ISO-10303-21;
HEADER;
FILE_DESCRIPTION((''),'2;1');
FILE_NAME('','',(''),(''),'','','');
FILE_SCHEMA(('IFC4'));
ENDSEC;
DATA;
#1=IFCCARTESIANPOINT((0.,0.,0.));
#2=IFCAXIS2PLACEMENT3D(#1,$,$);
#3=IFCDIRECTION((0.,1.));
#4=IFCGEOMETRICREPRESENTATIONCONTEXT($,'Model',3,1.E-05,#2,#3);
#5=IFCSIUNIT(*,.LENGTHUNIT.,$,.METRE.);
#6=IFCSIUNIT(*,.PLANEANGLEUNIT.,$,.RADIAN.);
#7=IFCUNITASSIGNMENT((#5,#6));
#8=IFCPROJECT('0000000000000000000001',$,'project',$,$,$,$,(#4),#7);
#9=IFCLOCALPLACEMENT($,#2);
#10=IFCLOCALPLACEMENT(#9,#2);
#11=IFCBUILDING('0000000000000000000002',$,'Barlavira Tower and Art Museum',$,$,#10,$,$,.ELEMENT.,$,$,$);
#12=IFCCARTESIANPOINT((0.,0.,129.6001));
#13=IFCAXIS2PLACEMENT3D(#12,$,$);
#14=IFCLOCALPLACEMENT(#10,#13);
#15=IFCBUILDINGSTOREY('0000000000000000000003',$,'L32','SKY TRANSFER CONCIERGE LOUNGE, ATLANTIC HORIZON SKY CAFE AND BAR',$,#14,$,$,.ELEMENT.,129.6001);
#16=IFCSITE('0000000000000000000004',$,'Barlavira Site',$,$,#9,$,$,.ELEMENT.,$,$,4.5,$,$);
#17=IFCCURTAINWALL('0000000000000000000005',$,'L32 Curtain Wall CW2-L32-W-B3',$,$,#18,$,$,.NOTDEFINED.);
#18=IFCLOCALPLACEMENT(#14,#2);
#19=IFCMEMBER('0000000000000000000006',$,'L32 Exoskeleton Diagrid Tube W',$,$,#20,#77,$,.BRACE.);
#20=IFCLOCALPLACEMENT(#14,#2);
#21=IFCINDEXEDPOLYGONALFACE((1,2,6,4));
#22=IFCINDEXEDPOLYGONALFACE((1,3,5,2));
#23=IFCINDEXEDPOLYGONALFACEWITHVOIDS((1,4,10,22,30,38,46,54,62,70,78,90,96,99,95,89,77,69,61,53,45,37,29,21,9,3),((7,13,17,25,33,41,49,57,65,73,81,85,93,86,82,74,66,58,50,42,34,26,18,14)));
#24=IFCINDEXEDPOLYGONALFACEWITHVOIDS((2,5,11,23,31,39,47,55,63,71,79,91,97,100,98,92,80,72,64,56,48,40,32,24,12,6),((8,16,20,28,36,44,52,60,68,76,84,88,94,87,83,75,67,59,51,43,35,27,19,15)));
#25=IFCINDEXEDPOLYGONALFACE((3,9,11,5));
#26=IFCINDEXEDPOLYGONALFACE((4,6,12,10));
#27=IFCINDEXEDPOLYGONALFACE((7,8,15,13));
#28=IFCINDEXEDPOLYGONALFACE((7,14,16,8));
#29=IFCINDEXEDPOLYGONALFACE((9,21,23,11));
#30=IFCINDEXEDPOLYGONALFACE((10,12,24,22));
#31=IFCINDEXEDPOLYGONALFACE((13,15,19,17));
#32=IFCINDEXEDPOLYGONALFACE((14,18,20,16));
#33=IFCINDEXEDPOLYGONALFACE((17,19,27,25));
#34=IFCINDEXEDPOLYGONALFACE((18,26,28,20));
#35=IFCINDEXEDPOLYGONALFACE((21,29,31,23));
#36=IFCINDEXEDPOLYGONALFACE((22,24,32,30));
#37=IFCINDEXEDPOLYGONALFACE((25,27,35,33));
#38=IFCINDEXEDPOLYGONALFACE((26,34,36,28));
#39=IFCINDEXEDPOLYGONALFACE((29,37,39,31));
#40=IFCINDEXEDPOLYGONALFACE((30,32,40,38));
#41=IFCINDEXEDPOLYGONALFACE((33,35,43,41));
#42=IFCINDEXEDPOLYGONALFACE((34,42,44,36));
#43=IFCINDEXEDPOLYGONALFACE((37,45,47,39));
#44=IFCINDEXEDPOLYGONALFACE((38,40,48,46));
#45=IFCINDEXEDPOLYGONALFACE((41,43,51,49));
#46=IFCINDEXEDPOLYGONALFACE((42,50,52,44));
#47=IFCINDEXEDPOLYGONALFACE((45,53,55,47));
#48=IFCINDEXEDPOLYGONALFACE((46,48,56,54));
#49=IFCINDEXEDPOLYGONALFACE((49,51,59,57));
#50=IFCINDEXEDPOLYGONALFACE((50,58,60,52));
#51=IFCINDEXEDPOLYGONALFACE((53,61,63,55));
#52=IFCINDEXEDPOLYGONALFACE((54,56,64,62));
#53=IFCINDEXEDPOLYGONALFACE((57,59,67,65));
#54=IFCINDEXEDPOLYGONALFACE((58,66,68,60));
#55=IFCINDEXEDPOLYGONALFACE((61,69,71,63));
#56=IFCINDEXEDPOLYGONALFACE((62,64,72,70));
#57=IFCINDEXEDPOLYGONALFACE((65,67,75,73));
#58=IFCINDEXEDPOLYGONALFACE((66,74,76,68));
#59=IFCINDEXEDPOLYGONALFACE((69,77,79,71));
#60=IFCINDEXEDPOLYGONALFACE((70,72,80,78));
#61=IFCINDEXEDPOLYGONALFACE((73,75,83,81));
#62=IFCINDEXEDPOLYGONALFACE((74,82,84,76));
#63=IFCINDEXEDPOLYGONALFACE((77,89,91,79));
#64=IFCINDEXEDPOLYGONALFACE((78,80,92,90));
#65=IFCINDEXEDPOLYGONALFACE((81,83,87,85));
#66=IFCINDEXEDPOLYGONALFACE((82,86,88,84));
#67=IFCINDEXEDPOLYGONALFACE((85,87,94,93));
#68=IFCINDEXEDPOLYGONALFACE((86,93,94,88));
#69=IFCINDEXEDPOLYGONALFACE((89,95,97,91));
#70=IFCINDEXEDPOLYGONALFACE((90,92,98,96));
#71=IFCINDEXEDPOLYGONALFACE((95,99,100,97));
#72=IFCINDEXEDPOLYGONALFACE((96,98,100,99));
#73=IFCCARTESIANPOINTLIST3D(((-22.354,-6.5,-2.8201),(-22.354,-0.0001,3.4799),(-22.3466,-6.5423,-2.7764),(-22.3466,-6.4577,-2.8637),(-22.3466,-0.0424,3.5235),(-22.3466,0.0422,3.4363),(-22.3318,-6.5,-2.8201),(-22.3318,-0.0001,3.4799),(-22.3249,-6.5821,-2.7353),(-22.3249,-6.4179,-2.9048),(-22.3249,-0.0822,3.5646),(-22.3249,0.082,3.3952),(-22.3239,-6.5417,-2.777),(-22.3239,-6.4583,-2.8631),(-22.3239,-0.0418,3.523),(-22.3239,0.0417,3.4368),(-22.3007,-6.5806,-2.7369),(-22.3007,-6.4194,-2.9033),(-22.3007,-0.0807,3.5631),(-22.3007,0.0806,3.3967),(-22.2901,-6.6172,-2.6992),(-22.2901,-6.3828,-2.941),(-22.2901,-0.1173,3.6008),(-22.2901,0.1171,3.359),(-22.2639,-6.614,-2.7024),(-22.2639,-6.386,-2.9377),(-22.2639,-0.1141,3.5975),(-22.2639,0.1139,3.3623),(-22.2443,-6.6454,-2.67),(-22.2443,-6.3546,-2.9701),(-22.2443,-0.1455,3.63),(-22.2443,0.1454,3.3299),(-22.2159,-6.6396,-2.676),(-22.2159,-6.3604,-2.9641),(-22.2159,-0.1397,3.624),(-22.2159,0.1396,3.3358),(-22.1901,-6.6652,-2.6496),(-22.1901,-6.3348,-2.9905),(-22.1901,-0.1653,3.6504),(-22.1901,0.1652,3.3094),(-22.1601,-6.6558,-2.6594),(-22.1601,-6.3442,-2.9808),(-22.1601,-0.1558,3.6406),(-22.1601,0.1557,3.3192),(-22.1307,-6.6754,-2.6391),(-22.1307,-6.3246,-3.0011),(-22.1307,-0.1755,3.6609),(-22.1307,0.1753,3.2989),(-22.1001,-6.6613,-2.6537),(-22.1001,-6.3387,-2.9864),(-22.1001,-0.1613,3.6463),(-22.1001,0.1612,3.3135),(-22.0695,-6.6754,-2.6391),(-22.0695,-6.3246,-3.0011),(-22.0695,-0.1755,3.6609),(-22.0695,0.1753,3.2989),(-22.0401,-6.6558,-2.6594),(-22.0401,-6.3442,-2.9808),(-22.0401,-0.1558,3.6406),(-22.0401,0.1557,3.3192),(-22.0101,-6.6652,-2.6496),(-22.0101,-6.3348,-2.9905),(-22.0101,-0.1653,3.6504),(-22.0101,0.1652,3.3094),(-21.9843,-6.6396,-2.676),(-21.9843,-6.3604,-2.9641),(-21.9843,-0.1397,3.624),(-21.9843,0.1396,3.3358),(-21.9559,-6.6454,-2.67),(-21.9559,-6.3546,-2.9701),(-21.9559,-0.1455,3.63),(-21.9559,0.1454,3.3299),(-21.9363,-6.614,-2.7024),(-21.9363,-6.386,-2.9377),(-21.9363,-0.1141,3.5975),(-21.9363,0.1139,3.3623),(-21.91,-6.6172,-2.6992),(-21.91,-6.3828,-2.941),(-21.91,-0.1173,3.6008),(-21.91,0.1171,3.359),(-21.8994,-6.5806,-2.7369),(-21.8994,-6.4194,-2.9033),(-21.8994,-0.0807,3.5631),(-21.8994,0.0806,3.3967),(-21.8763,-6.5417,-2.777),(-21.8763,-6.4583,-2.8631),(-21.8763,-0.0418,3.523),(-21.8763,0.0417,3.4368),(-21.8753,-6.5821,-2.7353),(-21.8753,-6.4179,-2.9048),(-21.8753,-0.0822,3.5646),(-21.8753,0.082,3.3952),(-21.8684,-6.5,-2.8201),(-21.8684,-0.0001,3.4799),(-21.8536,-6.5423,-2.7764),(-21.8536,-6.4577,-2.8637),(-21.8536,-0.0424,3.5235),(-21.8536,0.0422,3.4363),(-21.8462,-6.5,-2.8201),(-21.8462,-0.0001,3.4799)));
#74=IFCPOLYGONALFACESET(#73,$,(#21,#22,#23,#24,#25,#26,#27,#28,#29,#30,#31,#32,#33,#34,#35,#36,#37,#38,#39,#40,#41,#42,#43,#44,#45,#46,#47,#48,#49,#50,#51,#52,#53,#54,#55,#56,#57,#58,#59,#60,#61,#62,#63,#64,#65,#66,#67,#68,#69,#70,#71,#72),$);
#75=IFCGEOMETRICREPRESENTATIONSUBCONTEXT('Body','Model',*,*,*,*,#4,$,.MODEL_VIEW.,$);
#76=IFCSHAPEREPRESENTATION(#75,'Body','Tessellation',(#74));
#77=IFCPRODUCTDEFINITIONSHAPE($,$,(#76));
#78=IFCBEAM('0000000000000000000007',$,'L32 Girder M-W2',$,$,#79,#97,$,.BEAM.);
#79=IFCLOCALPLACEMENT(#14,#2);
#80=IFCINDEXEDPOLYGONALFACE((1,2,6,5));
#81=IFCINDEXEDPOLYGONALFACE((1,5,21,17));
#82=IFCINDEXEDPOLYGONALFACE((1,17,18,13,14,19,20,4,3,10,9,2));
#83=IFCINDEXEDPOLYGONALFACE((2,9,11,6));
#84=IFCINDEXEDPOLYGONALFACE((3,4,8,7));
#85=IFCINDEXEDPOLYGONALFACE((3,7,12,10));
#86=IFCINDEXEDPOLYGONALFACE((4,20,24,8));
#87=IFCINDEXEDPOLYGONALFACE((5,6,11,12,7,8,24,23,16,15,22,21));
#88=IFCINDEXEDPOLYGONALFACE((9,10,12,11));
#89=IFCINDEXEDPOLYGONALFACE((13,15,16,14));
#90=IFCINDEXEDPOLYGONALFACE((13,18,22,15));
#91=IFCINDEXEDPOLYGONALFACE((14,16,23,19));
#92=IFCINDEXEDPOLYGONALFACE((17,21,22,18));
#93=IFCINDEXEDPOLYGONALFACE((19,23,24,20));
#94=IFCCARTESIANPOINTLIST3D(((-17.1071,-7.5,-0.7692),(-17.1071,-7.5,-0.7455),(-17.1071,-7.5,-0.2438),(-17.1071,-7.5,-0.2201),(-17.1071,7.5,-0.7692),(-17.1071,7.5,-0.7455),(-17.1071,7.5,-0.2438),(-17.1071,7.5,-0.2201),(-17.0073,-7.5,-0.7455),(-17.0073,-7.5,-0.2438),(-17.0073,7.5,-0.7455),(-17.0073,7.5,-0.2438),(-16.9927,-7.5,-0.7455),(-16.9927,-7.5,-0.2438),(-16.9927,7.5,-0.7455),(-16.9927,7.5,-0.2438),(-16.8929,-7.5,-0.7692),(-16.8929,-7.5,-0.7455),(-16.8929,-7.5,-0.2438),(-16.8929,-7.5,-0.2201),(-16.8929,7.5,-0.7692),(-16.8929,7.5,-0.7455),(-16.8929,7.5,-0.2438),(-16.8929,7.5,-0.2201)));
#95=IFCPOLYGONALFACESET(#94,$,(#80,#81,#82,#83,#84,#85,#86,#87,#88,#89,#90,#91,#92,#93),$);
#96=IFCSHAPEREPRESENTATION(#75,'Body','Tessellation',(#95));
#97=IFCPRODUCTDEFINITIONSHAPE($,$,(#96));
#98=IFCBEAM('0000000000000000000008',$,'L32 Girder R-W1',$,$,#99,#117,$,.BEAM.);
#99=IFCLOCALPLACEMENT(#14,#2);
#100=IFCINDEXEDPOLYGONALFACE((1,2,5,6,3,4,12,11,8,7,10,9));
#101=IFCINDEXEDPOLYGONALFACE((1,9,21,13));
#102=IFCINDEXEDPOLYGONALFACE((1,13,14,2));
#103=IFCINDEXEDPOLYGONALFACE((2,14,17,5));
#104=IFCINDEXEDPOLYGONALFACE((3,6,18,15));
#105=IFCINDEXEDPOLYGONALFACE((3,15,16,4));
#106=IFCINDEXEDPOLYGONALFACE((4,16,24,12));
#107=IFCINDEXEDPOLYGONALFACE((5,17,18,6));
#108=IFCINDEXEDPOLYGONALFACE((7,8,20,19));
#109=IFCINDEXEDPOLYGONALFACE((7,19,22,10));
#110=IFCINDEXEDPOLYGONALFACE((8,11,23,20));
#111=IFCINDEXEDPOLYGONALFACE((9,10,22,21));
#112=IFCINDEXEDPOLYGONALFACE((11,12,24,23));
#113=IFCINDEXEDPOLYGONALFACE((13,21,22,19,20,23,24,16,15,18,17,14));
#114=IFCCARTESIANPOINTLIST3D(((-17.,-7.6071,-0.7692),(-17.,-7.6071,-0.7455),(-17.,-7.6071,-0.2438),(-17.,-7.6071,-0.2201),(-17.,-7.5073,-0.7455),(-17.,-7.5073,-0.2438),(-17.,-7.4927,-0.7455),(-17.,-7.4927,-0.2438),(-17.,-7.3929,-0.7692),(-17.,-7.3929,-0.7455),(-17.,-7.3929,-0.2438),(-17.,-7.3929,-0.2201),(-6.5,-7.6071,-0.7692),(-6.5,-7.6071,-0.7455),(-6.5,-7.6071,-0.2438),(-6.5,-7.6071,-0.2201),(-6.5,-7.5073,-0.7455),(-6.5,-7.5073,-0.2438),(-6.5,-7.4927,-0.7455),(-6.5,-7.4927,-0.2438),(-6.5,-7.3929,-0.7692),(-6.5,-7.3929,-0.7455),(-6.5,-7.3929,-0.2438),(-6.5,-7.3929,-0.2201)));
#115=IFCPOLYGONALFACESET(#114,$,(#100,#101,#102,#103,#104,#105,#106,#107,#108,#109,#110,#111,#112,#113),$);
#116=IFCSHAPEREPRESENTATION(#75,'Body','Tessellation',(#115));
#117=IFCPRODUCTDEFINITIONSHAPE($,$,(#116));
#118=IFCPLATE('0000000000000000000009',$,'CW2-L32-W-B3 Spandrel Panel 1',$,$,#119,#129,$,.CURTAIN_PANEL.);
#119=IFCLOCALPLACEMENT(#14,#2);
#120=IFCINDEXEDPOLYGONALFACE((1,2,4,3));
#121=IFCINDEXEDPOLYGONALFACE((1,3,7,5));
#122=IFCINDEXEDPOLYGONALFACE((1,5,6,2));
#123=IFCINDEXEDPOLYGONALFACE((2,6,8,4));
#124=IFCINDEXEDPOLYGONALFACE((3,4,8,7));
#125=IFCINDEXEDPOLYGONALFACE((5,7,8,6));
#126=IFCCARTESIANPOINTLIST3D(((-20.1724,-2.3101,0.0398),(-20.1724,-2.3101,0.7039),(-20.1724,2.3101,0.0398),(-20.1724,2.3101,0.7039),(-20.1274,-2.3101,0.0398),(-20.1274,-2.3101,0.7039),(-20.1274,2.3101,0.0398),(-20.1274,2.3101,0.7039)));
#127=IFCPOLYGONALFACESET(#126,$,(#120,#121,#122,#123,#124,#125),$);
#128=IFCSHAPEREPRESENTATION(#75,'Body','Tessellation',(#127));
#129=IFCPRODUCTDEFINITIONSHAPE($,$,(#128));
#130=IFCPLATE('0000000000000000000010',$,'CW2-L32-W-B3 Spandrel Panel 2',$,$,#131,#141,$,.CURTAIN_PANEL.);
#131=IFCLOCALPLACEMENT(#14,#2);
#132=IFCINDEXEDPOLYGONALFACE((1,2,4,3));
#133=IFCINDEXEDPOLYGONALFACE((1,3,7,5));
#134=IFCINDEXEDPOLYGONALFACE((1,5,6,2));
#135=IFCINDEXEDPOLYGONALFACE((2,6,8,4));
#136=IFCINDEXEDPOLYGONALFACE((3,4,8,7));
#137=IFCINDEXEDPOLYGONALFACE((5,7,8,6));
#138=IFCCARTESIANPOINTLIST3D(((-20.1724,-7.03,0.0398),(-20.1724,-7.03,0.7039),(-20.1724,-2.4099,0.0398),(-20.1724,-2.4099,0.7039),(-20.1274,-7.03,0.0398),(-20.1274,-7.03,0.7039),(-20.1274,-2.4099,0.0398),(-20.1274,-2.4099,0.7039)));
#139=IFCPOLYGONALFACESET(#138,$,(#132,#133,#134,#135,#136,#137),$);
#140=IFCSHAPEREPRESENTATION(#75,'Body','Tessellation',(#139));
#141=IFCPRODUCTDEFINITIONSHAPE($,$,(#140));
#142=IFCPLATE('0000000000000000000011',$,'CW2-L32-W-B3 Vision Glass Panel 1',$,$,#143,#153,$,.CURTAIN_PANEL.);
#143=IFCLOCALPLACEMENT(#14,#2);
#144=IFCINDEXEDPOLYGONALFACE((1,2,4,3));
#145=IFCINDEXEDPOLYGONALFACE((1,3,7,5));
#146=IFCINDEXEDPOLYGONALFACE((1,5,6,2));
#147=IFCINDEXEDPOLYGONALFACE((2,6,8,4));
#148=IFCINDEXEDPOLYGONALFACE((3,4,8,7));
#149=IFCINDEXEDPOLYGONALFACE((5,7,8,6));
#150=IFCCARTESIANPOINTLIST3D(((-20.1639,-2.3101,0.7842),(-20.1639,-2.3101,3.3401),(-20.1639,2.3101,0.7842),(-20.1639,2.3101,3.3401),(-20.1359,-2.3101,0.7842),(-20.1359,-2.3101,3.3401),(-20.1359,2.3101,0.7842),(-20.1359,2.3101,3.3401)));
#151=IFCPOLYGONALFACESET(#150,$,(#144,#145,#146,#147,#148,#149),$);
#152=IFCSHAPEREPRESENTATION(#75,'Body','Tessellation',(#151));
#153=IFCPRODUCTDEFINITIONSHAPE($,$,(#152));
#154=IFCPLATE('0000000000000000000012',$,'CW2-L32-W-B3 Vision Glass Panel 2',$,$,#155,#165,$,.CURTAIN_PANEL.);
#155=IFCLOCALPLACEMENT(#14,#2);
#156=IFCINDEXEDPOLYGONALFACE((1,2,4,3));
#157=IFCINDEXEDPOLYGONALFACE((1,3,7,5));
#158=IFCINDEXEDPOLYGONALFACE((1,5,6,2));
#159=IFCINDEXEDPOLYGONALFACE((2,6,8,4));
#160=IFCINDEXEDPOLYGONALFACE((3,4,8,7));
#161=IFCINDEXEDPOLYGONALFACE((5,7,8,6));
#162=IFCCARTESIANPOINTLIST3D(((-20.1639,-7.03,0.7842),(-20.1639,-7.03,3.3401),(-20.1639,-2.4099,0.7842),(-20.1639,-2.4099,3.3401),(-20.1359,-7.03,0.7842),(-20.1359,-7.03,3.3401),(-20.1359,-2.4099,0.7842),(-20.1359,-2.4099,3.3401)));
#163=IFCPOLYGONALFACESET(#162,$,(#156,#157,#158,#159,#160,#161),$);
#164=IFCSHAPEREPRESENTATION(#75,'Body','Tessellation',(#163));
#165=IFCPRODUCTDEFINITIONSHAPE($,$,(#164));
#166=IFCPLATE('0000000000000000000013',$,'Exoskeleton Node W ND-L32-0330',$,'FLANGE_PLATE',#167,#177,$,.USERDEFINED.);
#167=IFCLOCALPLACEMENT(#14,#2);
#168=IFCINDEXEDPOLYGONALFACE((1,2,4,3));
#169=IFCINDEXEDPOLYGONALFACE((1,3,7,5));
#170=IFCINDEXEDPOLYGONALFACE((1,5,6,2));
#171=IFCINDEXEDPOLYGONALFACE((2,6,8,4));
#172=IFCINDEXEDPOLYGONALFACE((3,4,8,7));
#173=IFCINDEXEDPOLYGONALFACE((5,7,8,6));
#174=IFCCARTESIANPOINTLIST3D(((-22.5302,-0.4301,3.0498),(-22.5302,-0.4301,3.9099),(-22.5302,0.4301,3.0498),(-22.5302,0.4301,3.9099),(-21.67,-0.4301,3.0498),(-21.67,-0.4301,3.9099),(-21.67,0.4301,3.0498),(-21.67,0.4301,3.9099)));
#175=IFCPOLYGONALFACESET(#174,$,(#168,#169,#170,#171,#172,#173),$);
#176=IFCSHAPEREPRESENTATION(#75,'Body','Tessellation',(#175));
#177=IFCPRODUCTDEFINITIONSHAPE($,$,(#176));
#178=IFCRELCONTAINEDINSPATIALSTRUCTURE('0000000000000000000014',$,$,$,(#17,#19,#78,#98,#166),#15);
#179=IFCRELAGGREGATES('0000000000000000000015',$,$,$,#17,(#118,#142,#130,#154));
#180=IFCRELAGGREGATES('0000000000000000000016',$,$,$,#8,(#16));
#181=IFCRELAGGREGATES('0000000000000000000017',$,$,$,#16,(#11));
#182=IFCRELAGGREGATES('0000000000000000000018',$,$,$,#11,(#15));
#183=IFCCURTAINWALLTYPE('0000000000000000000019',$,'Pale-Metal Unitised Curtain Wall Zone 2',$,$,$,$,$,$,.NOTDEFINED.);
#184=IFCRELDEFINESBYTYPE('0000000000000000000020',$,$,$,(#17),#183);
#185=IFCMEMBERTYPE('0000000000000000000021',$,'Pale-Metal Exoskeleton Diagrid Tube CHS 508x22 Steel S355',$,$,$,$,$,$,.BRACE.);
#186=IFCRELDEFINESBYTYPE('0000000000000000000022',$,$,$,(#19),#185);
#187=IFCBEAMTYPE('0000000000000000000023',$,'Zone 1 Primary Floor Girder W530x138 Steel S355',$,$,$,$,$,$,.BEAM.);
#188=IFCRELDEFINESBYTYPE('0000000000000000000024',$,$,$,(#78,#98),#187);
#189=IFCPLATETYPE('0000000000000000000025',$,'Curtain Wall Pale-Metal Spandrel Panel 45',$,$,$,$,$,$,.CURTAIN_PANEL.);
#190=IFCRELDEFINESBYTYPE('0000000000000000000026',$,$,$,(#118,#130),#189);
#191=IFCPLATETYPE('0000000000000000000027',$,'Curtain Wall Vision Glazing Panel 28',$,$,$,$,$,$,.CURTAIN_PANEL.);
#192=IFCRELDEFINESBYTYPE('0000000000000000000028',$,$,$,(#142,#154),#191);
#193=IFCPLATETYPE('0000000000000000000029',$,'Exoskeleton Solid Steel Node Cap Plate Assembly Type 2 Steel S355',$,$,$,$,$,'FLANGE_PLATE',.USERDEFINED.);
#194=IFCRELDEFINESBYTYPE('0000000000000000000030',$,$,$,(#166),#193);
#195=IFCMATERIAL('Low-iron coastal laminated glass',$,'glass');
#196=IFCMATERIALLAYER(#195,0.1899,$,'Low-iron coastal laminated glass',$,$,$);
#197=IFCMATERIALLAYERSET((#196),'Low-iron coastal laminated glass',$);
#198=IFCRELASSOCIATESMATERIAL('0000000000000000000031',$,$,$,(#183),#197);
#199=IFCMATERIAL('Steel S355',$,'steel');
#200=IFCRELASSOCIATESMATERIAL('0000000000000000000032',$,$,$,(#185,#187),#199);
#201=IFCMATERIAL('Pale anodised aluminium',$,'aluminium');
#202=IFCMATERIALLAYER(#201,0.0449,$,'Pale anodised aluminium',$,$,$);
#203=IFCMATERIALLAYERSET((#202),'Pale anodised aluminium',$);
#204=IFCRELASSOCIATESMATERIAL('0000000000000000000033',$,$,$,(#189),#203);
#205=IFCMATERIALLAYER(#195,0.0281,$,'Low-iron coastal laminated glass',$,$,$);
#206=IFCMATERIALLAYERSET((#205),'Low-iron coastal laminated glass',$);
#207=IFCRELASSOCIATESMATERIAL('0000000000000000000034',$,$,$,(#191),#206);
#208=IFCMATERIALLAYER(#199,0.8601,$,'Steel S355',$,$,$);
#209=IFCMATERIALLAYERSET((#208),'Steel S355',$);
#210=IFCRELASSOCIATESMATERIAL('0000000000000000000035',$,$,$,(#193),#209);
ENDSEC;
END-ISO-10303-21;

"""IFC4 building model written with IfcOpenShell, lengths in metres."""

from ifc_helpers import new_model, si_unit, direction, frame, origin, origin_2d, place, context, subcontext, project, spatial, rectangle, hollow_circle, i_section, extrude, material, layer, layer_set, material_profile, profile_set, type_object, element, aggregate, save


model = new_model("IFC4")

# Units and contexts
model_context = context("Model", 3, precision=1e-05, world=origin(), true_north=direction((0.0, 1.0)))
body_context = subcontext(model_context, "Body", "Model", "MODEL_VIEW")
ifc_project = project(units=[si_unit("LENGTHUNIT", "METRE"), si_unit("PLANEANGLEUNIT", "RADIAN")], contexts=[model_context])

# Site, building, storey
site_placement = place(None, origin())
site = spatial("IfcSite", under=ifc_project, at=site_placement, Name="Barlavira Site", CompositionType="ELEMENT", RefElevation=4.5)
building_placement = place(site_placement, origin())
building = spatial("IfcBuilding", under=site, at=building_placement, Name="Barlavira Tower and Art Museum", CompositionType="ELEMENT")
storey_placement = place(building_placement, frame((0.0, 0.0, 129.6001)))
storey = spatial("IfcBuildingStorey", under=building, at=storey_placement, Name="L32", Description="SKY TRANSFER CONCIERGE LOUNGE, ATLANTIC HORIZON SKY CAFE AND BAR", CompositionType="ELEMENT", Elevation=129.6001)

# Curtain wall
ifc_material_1 = material(Name="Low-iron coastal laminated glass", Category="glass")
ifc_layer_1 = layer(ifc_material_1, 0.1899, Name="Low-iron coastal laminated glass")
ifc_layer_set_1 = layer_set([ifc_layer_1], Name="Low-iron coastal laminated glass")
curtain_wall_type = type_object("IfcCurtainWallType", Name="Pale-Metal Unitised Curtain Wall Zone 2", PredefinedType="NOTDEFINED", material=ifc_layer_set_1)
curtain_wall_placement = place(storey_placement, origin())
curtain_wall = element("IfcCurtainWall", 1, at=curtain_wall_placement, inside=storey, type_object=curtain_wall_type, Name="L32 Curtain Wall CW2-L32-W-B3", PredefinedType="NOTDEFINED")
ifc_material_2 = material(Name="Pale anodised aluminium", Category="aluminium")

# Member
ifc_material_3 = material(Name="Steel S355", Category="steel")
ifc_material_profile_1 = material_profile(ifc_material_3, hollow_circle(Radius=0.2539, WallThickness=0.0222, at=origin_2d()), Name="CHS 508.0x22.2")
ifc_profile_set_1 = profile_set([ifc_material_profile_1], Name="Steel S355")
member_type_1 = type_object("IfcMemberType", Name="Pale-Metal Exoskeleton Diagrid Tube CHS 508x22 Steel S355", PredefinedType="BRACE", material=ifc_profile_set_1)
for number, where, z_axis, x_axis, name in (
    (2, (-22.1001, -6.5, -2.8201), (0.0, 0.718065, 0.695976), (-1.0, 0.0, 0.0), "L32 Exoskeleton Diagrid Tube W"),
):
    element("IfcMember", number, at=place(storey_placement, frame(where, z_axis=z_axis, x_axis=x_axis)), inside=storey, type_object=member_type_1, Name=name, PredefinedType="BRACE", context=body_context, shape_type="SweptSolid", body=[
        extrude(hollow_circle(Radius=0.2539, WallThickness=0.0222, at=origin_2d()), origin(), (0.0, 0.0, 1.0), 9.052),
    ])

# Beams
ifc_material_profile_2 = material_profile(ifc_material_3, i_section(OverallWidth=0.2141, OverallDepth=0.5491, WebThickness=0.0146, FlangeThickness=0.0237, at=origin_2d()), Name="W530x138.0")
ifc_profile_set_2 = profile_set([ifc_material_profile_2], Name="Steel S355")
beam_type = type_object("IfcBeamType", Name="Zone 1 Primary Floor Girder W530x138 Steel S355", PredefinedType="BEAM", material=ifc_profile_set_2)
beam_1_placement = place(storey_placement, frame((-17.0, -7.5, -0.4946), z_axis=(0.0, 1.0, 0.0), x_axis=(-1.0, 0.0, 0.0)))
element("IfcBeam", 3, at=beam_1_placement, inside=storey, type_object=beam_type, Name="L32 Girder M-W2", PredefinedType="BEAM", context=body_context, shape_type="SweptSolid", body=[
    extrude(i_section(OverallWidth=0.2141, OverallDepth=0.5491, WebThickness=0.0146, FlangeThickness=0.0237, at=origin_2d()), origin(), (0.0, 0.0, 1.0), 15.0),
])
beam_2_placement = place(storey_placement, frame((-17.0, -7.5, -0.4946), z_axis=(1.0, 0.0, 0.0), x_axis=(0.0, 1.0, 0.0)))
element("IfcBeam", 4, at=beam_2_placement, inside=storey, type_object=beam_type, Name="L32 Girder R-W1", PredefinedType="BEAM", context=body_context, shape_type="SweptSolid", body=[
    extrude(i_section(OverallWidth=0.2141, OverallDepth=0.5491, WebThickness=0.0146, FlangeThickness=0.0237, at=origin_2d()), origin(), (0.0, 0.0, 1.0), 10.5),
])

# Plates
ifc_layer_2 = layer(ifc_material_2, 0.0449, Name="Pale anodised aluminium")
ifc_layer_set_2 = layer_set([ifc_layer_2], Name="Pale anodised aluminium")
plate_type_1 = type_object("IfcPlateType", Name="Curtain Wall Pale-Metal Spandrel Panel 45", PredefinedType="CURTAIN_PANEL", material=ifc_layer_set_2)
plate_1_placement = place(storey_placement, frame((-20.1499, 0.0, 0.0398), z_axis=(0.0, 0.0, 1.0), x_axis=(0.0, -1.0, 0.0)))
plate_1 = element("IfcPlate", 5, at=plate_1_placement, type_object=plate_type_1, Name="CW2-L32-W-B3 Spandrel Panel 1", PredefinedType="CURTAIN_PANEL", context=body_context, shape_type="SweptSolid", body=[
    extrude(rectangle(XDim=4.6201, YDim=0.0449, at=origin_2d()), origin(), (0.0, 0.0, 1.0), 0.6641),
])
plate_2_placement = place(storey_placement, frame((-20.1499, -4.72, 0.0398), z_axis=(0.0, 0.0, 1.0), x_axis=(0.0, -1.0, 0.0)))
plate_2 = element("IfcPlate", 6, at=plate_2_placement, type_object=plate_type_1, Name="CW2-L32-W-B3 Spandrel Panel 2", PredefinedType="CURTAIN_PANEL", context=body_context, shape_type="SweptSolid", body=[
    extrude(rectangle(XDim=4.6201, YDim=0.0449, at=origin_2d()), origin(), (0.0, 0.0, 1.0), 0.6641),
])
ifc_layer_3 = layer(ifc_material_1, 0.0281, Name="Low-iron coastal laminated glass")
ifc_layer_set_3 = layer_set([ifc_layer_3], Name="Low-iron coastal laminated glass")
plate_type_2 = type_object("IfcPlateType", Name="Curtain Wall Vision Glazing Panel 28", PredefinedType="CURTAIN_PANEL", material=ifc_layer_set_3)
plate_3_placement = place(storey_placement, frame((-20.1499, 0.0, 0.7842), z_axis=(0.0, 0.0, 1.0), x_axis=(0.0, -1.0, 0.0)))
plate_3 = element("IfcPlate", 7, at=plate_3_placement, type_object=plate_type_2, Name="CW2-L32-W-B3 Vision Glass Panel 1", PredefinedType="CURTAIN_PANEL", context=body_context, shape_type="SweptSolid", body=[
    extrude(rectangle(XDim=4.6201, YDim=0.0281, at=origin_2d()), origin(), (0.0, 0.0, 1.0), 2.5559),
])
plate_4_placement = place(storey_placement, frame((-20.1499, -4.72, 0.7842), z_axis=(0.0, 0.0, 1.0), x_axis=(0.0, -1.0, 0.0)))
plate_4 = element("IfcPlate", 8, at=plate_4_placement, type_object=plate_type_2, Name="CW2-L32-W-B3 Vision Glass Panel 2", PredefinedType="CURTAIN_PANEL", context=body_context, shape_type="SweptSolid", body=[
    extrude(rectangle(XDim=4.6201, YDim=0.0281, at=origin_2d()), origin(), (0.0, 0.0, 1.0), 2.5559),
])
aggregate(curtain_wall, [plate_1, plate_3, plate_2, plate_4])
ifc_layer_4 = layer(ifc_material_3, 0.8601, Name="Steel S355")
ifc_layer_set_4 = layer_set([ifc_layer_4], Name="Steel S355")
plate_type_3 = type_object("IfcPlateType", Name="Exoskeleton Solid Steel Node Cap Plate Assembly Type 2 Steel S355", ElementType="FLANGE_PLATE", PredefinedType="USERDEFINED", material=ifc_layer_set_4)
plate_5_placement = place(storey_placement, frame((-22.1001, 0.0, 3.0498), z_axis=(0.0, 0.0, 1.0), x_axis=(1.0, 0.0, 0.0)))
element("IfcPlate", 9, at=plate_5_placement, inside=storey, type_object=plate_type_3, Name="Exoskeleton Node W ND-L32-0330", ObjectType="FLANGE_PLATE", PredefinedType="USERDEFINED", context=body_context, shape_type="SweptSolid", body=[
    extrude(rectangle(XDim=0.8601, YDim=0.8601, at=origin_2d()), origin(), (0.0, 0.0, 1.0), 0.8601),
])

save(model, "model.ifc")
